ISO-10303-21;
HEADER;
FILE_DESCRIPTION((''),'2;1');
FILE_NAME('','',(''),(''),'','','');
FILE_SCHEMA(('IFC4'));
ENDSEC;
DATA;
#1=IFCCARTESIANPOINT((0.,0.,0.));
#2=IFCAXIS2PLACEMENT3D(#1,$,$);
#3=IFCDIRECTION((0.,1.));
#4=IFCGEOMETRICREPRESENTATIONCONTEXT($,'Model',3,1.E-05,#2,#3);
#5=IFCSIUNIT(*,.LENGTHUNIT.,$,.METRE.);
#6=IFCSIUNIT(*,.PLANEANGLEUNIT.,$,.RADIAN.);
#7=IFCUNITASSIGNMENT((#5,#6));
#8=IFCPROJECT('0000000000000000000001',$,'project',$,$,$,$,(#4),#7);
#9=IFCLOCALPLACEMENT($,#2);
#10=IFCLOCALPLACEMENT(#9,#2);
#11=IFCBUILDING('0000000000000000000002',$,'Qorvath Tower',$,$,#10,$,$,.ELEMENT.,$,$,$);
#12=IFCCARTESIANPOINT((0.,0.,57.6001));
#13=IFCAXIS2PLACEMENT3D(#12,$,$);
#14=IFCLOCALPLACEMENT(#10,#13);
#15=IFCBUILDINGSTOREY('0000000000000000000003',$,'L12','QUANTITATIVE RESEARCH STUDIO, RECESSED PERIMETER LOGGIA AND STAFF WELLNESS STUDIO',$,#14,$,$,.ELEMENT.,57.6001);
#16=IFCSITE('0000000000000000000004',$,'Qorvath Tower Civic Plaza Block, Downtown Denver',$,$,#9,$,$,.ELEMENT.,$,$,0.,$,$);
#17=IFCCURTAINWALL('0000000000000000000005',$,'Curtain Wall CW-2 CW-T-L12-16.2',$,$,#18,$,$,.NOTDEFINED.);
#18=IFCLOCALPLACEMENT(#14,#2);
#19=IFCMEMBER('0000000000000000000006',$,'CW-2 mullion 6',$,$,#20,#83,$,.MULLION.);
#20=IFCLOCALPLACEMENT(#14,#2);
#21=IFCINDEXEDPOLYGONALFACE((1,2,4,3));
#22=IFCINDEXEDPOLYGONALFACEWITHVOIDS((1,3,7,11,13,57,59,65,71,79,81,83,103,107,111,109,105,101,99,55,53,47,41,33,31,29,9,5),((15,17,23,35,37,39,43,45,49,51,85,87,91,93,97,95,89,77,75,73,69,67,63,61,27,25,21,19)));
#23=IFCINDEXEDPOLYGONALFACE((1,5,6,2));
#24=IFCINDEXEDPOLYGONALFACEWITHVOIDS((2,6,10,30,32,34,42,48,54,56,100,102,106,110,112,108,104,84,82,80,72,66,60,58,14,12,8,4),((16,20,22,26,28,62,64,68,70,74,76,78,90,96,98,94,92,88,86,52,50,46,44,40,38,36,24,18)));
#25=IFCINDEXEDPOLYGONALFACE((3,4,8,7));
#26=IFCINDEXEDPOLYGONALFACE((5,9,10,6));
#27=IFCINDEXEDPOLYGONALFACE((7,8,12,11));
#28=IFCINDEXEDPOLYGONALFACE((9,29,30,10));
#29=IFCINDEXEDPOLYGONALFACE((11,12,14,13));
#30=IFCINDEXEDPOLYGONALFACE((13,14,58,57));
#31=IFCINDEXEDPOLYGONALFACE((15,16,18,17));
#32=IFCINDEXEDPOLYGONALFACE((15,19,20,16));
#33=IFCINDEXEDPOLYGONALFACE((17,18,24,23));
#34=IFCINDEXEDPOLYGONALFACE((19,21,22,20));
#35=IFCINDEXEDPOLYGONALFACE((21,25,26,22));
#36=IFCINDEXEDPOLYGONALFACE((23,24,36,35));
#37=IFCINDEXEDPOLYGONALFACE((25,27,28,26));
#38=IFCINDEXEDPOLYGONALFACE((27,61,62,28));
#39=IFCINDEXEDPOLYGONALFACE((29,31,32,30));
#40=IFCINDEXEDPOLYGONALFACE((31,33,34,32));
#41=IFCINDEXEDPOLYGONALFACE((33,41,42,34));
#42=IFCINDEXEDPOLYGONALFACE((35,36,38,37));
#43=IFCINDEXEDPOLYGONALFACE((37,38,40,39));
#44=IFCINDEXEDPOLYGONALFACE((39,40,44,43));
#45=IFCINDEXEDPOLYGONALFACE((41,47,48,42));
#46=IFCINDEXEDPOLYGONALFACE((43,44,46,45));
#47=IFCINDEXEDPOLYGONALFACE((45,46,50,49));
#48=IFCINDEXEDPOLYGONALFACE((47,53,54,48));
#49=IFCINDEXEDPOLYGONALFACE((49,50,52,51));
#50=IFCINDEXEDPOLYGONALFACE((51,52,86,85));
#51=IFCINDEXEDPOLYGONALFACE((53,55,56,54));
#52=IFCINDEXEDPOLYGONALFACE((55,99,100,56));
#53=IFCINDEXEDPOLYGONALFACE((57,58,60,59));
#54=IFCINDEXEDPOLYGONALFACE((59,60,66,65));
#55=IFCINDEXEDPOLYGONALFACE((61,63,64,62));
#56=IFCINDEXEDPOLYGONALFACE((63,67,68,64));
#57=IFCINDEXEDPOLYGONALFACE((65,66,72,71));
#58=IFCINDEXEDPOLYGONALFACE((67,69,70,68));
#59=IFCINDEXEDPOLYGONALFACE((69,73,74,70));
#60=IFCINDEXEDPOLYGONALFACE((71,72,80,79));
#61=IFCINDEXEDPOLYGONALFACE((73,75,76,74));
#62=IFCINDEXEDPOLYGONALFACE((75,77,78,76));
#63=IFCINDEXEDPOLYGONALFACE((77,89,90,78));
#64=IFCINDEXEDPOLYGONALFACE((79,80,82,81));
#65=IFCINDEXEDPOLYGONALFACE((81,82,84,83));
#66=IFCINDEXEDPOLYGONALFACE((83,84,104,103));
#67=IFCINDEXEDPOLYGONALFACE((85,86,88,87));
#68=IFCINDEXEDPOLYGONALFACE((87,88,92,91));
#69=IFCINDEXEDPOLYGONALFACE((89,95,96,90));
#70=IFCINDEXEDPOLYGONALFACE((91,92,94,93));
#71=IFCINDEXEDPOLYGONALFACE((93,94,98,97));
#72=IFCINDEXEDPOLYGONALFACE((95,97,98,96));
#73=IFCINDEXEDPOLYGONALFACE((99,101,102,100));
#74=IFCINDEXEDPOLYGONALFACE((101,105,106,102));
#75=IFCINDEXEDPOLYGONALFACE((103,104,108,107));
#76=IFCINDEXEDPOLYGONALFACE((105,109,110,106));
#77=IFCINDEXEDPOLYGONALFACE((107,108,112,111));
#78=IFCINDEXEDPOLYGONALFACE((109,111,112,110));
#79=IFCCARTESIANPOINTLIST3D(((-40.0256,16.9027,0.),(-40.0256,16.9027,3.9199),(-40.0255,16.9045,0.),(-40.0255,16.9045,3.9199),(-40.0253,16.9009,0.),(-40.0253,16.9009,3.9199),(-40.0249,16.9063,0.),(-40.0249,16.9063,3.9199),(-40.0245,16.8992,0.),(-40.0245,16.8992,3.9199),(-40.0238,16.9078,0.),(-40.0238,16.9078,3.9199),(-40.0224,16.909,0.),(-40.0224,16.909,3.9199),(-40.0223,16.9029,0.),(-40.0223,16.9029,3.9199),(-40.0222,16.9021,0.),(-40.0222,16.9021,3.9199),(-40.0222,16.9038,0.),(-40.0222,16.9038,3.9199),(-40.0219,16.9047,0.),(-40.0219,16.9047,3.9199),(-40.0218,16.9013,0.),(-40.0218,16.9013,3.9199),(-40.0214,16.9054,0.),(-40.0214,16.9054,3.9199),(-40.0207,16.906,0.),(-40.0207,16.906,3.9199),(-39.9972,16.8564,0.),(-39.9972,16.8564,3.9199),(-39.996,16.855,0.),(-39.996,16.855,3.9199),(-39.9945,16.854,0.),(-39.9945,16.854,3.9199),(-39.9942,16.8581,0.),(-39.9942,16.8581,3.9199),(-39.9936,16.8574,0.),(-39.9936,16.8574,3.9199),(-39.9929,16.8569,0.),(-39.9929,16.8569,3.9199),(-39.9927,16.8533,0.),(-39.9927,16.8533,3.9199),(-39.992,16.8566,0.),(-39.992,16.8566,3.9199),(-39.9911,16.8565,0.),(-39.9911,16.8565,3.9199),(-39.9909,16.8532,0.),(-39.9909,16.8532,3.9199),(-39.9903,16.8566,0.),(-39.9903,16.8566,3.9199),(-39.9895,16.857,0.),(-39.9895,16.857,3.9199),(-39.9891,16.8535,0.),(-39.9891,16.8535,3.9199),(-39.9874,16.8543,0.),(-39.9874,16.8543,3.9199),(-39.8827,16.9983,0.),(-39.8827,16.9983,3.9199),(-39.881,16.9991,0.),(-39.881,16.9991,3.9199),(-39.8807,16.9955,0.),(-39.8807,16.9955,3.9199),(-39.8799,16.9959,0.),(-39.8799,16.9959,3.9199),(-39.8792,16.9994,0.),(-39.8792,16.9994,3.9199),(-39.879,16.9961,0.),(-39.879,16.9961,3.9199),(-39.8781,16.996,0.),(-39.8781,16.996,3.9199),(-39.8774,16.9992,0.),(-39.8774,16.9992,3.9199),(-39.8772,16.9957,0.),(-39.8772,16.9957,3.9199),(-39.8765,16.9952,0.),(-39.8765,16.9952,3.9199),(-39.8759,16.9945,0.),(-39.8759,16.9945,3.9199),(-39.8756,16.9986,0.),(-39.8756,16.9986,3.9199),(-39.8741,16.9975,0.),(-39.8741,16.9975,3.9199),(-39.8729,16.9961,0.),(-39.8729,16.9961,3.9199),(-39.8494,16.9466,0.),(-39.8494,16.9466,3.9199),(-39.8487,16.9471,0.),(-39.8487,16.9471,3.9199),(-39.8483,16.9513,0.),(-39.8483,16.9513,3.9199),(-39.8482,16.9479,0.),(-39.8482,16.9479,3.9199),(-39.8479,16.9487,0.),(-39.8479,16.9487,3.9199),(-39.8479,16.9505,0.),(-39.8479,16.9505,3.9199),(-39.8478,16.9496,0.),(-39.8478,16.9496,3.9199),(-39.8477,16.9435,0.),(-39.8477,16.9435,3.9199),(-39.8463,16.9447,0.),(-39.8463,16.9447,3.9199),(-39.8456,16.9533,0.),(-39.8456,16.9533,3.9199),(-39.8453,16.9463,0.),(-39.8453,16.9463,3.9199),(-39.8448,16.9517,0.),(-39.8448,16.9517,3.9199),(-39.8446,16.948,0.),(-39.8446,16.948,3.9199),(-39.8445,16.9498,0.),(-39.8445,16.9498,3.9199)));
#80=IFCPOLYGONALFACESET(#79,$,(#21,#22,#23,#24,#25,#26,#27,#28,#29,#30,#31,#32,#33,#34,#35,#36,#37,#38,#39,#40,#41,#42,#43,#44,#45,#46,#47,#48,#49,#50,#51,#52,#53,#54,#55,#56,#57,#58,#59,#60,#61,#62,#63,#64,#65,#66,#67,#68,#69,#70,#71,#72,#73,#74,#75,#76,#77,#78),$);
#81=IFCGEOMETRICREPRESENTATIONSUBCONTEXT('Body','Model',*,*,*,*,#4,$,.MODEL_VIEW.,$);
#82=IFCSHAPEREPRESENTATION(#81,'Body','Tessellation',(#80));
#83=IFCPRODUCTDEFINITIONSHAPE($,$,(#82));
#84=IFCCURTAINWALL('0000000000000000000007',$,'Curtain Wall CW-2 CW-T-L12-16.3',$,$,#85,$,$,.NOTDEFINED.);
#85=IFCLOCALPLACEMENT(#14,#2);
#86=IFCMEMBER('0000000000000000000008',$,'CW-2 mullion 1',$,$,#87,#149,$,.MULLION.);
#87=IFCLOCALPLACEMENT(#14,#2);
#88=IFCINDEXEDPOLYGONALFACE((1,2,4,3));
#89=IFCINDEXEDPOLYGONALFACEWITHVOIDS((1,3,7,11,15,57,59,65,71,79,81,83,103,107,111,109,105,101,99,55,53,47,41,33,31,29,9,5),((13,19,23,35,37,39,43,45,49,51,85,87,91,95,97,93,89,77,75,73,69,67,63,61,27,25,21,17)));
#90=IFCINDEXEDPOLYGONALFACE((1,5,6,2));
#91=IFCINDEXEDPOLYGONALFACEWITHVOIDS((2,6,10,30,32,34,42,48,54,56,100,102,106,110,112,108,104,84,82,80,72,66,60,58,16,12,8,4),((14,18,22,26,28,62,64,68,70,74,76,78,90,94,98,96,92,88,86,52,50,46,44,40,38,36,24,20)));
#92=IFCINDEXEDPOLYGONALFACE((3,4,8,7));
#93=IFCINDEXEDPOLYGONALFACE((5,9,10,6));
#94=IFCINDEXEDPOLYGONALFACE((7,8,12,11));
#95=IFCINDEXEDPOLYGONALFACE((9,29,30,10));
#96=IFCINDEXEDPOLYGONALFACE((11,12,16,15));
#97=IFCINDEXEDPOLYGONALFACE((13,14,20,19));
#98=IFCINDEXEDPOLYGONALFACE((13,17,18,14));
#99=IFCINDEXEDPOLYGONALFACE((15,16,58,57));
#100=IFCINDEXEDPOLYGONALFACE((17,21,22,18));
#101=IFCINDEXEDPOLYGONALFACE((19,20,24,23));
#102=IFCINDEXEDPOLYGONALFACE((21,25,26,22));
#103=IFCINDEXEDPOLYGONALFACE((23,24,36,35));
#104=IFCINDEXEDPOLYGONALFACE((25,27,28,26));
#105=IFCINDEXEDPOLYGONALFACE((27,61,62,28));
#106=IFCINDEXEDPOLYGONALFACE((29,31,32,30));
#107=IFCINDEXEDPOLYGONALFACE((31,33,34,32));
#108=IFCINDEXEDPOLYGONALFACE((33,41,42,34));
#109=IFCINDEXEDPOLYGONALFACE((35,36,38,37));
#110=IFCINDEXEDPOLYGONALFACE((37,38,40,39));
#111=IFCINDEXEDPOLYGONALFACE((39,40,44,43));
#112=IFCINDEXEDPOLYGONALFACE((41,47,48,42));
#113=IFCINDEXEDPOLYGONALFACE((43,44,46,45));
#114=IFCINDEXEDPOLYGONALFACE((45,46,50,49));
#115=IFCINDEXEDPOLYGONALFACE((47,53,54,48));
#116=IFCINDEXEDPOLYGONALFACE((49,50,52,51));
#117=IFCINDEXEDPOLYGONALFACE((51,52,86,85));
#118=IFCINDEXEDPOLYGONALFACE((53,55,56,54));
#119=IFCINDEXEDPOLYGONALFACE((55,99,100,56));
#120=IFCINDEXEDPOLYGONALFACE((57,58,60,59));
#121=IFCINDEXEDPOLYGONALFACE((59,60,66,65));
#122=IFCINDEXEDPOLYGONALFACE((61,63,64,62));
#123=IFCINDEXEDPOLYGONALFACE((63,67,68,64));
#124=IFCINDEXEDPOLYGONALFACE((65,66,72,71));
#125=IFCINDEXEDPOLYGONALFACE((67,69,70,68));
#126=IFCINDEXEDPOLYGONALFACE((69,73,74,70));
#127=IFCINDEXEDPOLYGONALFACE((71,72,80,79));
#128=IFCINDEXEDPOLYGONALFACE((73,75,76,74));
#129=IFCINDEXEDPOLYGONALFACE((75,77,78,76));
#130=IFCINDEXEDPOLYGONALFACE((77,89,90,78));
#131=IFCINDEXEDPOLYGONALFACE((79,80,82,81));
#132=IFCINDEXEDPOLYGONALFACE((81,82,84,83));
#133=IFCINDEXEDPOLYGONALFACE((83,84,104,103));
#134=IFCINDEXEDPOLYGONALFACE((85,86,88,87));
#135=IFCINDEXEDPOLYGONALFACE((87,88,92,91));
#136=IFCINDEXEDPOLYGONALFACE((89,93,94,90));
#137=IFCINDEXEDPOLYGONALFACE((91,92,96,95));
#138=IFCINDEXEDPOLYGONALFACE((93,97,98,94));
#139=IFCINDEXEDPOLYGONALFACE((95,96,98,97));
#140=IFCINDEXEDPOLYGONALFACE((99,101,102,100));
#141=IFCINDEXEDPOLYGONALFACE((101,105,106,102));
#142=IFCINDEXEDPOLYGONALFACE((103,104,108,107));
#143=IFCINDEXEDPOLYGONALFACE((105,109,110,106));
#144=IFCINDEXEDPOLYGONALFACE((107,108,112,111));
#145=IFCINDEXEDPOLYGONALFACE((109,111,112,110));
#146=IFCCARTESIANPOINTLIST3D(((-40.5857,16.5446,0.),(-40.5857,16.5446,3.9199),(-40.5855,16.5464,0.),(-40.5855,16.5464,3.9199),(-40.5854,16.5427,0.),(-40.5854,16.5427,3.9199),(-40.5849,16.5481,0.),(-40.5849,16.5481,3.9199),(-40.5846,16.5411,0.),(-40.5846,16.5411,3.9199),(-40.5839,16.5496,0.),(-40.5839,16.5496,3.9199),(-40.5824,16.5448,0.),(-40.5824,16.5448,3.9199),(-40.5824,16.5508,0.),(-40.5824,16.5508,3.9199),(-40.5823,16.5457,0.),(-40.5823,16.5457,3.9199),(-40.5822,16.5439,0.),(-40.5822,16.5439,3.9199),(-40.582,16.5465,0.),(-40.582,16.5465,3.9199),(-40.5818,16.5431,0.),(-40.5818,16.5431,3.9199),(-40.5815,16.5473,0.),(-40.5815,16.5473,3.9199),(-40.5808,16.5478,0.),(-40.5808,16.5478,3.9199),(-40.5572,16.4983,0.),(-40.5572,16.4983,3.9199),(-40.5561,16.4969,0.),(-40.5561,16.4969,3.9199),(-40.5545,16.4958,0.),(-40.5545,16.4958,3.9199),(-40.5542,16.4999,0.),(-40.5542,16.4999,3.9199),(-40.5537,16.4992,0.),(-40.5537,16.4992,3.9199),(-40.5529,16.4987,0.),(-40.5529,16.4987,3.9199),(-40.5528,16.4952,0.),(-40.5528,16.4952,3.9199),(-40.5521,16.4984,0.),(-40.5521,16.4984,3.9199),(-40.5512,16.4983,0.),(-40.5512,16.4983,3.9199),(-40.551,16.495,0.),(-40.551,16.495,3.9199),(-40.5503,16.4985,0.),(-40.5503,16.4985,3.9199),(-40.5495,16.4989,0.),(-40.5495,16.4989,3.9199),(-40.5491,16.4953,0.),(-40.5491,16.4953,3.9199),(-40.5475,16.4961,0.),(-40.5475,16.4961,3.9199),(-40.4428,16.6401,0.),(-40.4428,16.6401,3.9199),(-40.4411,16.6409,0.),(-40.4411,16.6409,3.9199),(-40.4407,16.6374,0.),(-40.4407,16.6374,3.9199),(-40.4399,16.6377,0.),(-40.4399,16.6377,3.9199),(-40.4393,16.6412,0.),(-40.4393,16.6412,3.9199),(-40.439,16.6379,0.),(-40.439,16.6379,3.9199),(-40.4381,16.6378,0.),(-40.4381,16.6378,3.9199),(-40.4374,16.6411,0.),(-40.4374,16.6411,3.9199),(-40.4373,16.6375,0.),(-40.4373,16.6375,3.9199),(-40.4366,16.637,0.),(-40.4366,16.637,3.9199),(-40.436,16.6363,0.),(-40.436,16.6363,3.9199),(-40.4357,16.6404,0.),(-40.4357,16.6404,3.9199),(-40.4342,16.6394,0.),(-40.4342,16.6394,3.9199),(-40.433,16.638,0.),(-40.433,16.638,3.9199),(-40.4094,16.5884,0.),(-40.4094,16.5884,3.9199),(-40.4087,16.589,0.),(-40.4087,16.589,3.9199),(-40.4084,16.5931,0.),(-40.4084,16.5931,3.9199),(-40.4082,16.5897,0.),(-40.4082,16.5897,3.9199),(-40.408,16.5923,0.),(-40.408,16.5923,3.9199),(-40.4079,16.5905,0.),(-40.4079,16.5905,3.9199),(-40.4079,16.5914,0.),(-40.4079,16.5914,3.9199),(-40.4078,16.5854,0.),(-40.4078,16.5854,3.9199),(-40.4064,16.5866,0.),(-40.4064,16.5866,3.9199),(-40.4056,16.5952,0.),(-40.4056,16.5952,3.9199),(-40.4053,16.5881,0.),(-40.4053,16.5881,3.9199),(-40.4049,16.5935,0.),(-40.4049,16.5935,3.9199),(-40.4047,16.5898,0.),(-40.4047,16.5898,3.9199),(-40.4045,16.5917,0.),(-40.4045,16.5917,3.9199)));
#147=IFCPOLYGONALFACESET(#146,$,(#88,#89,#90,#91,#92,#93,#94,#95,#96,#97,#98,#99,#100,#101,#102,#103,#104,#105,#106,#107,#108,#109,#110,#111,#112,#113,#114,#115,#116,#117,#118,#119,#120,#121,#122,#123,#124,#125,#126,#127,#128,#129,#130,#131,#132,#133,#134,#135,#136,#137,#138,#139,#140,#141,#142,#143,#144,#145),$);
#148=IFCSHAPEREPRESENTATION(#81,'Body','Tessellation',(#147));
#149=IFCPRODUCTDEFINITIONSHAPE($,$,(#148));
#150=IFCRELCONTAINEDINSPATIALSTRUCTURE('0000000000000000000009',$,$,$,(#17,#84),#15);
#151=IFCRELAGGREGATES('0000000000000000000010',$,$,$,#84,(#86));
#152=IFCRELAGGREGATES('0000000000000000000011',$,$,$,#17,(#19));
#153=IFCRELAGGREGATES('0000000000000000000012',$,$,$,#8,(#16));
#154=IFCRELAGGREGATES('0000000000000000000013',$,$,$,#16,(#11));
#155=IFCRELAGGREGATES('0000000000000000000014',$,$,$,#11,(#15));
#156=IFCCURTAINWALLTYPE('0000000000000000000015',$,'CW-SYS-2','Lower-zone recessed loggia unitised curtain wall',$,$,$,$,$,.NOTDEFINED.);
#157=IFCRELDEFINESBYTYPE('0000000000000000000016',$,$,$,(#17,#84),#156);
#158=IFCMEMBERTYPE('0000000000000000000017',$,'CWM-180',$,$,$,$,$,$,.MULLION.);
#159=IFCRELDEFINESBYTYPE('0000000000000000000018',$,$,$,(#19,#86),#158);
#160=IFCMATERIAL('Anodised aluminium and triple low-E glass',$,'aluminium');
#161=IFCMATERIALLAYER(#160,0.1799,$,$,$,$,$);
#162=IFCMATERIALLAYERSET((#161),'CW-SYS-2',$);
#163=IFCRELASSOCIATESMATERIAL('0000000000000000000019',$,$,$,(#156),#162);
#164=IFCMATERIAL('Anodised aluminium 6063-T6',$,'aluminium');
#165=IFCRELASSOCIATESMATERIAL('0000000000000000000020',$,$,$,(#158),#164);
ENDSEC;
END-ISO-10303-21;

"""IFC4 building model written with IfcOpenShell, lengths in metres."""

from ifc_helpers import new_model, si_unit, direction, frame, origin, origin_2d, place, context, subcontext, project, spatial, hollow_rectangle, extrude, material, layer, layer_set, material_profile, profile_set, type_object, element, aggregate, save


model = new_model("IFC4")

# Units and contexts
model_context = context("Model", 3, precision=1e-05, world=origin(), true_north=direction((0.0, 1.0)))
body_context = subcontext(model_context, "Body", "Model", "MODEL_VIEW")
ifc_project = project(units=[si_unit("LENGTHUNIT", "METRE"), si_unit("PLANEANGLEUNIT", "RADIAN")], contexts=[model_context])

# Site, building, storey
site_placement = place(None, origin())
site = spatial("IfcSite", under=ifc_project, at=site_placement, Name="Qorvath Tower Civic Plaza Block, Downtown Denver", CompositionType="ELEMENT", RefElevation=0.0)
building_placement = place(site_placement, origin())
building = spatial("IfcBuilding", under=site, at=building_placement, Name="Qorvath Tower", CompositionType="ELEMENT")
storey_placement = place(building_placement, frame((0.0, 0.0, 57.6001)))
storey = spatial("IfcBuildingStorey", under=building, at=storey_placement, Name="L12", Description="QUANTITATIVE RESEARCH STUDIO, RECESSED PERIMETER LOGGIA AND STAFF WELLNESS STUDIO", CompositionType="ELEMENT", Elevation=57.6001)

# Curtain wall, member
ifc_material_1 = material(Name="Anodised aluminium and triple low-E glass", Category="aluminium")
ifc_layer_1 = layer(ifc_material_1, 0.1799)
ifc_layer_set_1 = layer_set([ifc_layer_1], Name="CW-SYS-2")
curtain_wall_type = type_object("IfcCurtainWallType", Name="CW-SYS-2", Description="Lower-zone recessed loggia unitised curtain wall", PredefinedType="NOTDEFINED", material=ifc_layer_set_1)
curtain_wall_1_placement = place(storey_placement, origin())
curtain_wall_1 = element("IfcCurtainWall", 1, at=curtain_wall_1_placement, inside=storey, type_object=curtain_wall_type, Name="Curtain Wall CW-2 CW-T-L12-16.2", PredefinedType="NOTDEFINED")
ifc_material_2 = material(Name="Anodised aluminium 6063-T6", Category="aluminium")
ifc_material_profile_1 = material_profile(ifc_material_2, hollow_rectangle(XDim=0.0649, YDim=0.1799, WallThickness=0.0034, InnerFilletRadius=0.0034, OuterFilletRadius=0.0071, at=origin_2d()), Name="CWM 180x65")
ifc_profile_set_1 = profile_set([ifc_material_profile_1], Name="Anodised aluminium 6063-T6")
member_type_1 = type_object("IfcMemberType", Name="CWM-180", PredefinedType="MULLION", material=ifc_profile_set_1)
member_1_placement = place(storey_placement, frame((-39.9351, 16.9263, 0.0), z_axis=(0.0, 0.0, 1.0), x_axis=(0.538539, -0.8426, 0.0)))
member_1 = element("IfcMember", 2, at=member_1_placement, type_object=member_type_1, Name="CW-2 mullion 6", PredefinedType="MULLION", context=body_context, shape_type="SweptSolid", body=[
    extrude(hollow_rectangle(XDim=0.0649, YDim=0.1799, WallThickness=0.0034, InnerFilletRadius=0.0034, OuterFilletRadius=0.0071, at=origin_2d()), origin(), (0.0, 0.0, 1.0), 3.9199),
])

# Curtain wall, member
curtain_wall_2_placement = place(storey_placement, origin())
curtain_wall_2 = element("IfcCurtainWall", 3, at=curtain_wall_2_placement, inside=storey, type_object=curtain_wall_type, Name="Curtain Wall CW-2 CW-T-L12-16.3", PredefinedType="NOTDEFINED")
member_2_placement = place(storey_placement, frame((-40.4951, 16.5681, 0.0), z_axis=(0.0, 0.0, 1.0), x_axis=(0.53853, -0.842607, 0.0)))
member_2 = element("IfcMember", 4, at=member_2_placement, type_object=member_type_1, Name="CW-2 mullion 1", PredefinedType="MULLION", context=body_context, shape_type="SweptSolid", body=[
    extrude(hollow_rectangle(XDim=0.0649, YDim=0.1799, WallThickness=0.0034, InnerFilletRadius=0.0034, OuterFilletRadius=0.0071, at=origin_2d()), origin(), (0.0, 0.0, 1.0), 3.9199),
])
aggregate(curtain_wall_2, [member_2])

aggregate(curtain_wall_1, [member_1])

save(model, "model.ifc")
